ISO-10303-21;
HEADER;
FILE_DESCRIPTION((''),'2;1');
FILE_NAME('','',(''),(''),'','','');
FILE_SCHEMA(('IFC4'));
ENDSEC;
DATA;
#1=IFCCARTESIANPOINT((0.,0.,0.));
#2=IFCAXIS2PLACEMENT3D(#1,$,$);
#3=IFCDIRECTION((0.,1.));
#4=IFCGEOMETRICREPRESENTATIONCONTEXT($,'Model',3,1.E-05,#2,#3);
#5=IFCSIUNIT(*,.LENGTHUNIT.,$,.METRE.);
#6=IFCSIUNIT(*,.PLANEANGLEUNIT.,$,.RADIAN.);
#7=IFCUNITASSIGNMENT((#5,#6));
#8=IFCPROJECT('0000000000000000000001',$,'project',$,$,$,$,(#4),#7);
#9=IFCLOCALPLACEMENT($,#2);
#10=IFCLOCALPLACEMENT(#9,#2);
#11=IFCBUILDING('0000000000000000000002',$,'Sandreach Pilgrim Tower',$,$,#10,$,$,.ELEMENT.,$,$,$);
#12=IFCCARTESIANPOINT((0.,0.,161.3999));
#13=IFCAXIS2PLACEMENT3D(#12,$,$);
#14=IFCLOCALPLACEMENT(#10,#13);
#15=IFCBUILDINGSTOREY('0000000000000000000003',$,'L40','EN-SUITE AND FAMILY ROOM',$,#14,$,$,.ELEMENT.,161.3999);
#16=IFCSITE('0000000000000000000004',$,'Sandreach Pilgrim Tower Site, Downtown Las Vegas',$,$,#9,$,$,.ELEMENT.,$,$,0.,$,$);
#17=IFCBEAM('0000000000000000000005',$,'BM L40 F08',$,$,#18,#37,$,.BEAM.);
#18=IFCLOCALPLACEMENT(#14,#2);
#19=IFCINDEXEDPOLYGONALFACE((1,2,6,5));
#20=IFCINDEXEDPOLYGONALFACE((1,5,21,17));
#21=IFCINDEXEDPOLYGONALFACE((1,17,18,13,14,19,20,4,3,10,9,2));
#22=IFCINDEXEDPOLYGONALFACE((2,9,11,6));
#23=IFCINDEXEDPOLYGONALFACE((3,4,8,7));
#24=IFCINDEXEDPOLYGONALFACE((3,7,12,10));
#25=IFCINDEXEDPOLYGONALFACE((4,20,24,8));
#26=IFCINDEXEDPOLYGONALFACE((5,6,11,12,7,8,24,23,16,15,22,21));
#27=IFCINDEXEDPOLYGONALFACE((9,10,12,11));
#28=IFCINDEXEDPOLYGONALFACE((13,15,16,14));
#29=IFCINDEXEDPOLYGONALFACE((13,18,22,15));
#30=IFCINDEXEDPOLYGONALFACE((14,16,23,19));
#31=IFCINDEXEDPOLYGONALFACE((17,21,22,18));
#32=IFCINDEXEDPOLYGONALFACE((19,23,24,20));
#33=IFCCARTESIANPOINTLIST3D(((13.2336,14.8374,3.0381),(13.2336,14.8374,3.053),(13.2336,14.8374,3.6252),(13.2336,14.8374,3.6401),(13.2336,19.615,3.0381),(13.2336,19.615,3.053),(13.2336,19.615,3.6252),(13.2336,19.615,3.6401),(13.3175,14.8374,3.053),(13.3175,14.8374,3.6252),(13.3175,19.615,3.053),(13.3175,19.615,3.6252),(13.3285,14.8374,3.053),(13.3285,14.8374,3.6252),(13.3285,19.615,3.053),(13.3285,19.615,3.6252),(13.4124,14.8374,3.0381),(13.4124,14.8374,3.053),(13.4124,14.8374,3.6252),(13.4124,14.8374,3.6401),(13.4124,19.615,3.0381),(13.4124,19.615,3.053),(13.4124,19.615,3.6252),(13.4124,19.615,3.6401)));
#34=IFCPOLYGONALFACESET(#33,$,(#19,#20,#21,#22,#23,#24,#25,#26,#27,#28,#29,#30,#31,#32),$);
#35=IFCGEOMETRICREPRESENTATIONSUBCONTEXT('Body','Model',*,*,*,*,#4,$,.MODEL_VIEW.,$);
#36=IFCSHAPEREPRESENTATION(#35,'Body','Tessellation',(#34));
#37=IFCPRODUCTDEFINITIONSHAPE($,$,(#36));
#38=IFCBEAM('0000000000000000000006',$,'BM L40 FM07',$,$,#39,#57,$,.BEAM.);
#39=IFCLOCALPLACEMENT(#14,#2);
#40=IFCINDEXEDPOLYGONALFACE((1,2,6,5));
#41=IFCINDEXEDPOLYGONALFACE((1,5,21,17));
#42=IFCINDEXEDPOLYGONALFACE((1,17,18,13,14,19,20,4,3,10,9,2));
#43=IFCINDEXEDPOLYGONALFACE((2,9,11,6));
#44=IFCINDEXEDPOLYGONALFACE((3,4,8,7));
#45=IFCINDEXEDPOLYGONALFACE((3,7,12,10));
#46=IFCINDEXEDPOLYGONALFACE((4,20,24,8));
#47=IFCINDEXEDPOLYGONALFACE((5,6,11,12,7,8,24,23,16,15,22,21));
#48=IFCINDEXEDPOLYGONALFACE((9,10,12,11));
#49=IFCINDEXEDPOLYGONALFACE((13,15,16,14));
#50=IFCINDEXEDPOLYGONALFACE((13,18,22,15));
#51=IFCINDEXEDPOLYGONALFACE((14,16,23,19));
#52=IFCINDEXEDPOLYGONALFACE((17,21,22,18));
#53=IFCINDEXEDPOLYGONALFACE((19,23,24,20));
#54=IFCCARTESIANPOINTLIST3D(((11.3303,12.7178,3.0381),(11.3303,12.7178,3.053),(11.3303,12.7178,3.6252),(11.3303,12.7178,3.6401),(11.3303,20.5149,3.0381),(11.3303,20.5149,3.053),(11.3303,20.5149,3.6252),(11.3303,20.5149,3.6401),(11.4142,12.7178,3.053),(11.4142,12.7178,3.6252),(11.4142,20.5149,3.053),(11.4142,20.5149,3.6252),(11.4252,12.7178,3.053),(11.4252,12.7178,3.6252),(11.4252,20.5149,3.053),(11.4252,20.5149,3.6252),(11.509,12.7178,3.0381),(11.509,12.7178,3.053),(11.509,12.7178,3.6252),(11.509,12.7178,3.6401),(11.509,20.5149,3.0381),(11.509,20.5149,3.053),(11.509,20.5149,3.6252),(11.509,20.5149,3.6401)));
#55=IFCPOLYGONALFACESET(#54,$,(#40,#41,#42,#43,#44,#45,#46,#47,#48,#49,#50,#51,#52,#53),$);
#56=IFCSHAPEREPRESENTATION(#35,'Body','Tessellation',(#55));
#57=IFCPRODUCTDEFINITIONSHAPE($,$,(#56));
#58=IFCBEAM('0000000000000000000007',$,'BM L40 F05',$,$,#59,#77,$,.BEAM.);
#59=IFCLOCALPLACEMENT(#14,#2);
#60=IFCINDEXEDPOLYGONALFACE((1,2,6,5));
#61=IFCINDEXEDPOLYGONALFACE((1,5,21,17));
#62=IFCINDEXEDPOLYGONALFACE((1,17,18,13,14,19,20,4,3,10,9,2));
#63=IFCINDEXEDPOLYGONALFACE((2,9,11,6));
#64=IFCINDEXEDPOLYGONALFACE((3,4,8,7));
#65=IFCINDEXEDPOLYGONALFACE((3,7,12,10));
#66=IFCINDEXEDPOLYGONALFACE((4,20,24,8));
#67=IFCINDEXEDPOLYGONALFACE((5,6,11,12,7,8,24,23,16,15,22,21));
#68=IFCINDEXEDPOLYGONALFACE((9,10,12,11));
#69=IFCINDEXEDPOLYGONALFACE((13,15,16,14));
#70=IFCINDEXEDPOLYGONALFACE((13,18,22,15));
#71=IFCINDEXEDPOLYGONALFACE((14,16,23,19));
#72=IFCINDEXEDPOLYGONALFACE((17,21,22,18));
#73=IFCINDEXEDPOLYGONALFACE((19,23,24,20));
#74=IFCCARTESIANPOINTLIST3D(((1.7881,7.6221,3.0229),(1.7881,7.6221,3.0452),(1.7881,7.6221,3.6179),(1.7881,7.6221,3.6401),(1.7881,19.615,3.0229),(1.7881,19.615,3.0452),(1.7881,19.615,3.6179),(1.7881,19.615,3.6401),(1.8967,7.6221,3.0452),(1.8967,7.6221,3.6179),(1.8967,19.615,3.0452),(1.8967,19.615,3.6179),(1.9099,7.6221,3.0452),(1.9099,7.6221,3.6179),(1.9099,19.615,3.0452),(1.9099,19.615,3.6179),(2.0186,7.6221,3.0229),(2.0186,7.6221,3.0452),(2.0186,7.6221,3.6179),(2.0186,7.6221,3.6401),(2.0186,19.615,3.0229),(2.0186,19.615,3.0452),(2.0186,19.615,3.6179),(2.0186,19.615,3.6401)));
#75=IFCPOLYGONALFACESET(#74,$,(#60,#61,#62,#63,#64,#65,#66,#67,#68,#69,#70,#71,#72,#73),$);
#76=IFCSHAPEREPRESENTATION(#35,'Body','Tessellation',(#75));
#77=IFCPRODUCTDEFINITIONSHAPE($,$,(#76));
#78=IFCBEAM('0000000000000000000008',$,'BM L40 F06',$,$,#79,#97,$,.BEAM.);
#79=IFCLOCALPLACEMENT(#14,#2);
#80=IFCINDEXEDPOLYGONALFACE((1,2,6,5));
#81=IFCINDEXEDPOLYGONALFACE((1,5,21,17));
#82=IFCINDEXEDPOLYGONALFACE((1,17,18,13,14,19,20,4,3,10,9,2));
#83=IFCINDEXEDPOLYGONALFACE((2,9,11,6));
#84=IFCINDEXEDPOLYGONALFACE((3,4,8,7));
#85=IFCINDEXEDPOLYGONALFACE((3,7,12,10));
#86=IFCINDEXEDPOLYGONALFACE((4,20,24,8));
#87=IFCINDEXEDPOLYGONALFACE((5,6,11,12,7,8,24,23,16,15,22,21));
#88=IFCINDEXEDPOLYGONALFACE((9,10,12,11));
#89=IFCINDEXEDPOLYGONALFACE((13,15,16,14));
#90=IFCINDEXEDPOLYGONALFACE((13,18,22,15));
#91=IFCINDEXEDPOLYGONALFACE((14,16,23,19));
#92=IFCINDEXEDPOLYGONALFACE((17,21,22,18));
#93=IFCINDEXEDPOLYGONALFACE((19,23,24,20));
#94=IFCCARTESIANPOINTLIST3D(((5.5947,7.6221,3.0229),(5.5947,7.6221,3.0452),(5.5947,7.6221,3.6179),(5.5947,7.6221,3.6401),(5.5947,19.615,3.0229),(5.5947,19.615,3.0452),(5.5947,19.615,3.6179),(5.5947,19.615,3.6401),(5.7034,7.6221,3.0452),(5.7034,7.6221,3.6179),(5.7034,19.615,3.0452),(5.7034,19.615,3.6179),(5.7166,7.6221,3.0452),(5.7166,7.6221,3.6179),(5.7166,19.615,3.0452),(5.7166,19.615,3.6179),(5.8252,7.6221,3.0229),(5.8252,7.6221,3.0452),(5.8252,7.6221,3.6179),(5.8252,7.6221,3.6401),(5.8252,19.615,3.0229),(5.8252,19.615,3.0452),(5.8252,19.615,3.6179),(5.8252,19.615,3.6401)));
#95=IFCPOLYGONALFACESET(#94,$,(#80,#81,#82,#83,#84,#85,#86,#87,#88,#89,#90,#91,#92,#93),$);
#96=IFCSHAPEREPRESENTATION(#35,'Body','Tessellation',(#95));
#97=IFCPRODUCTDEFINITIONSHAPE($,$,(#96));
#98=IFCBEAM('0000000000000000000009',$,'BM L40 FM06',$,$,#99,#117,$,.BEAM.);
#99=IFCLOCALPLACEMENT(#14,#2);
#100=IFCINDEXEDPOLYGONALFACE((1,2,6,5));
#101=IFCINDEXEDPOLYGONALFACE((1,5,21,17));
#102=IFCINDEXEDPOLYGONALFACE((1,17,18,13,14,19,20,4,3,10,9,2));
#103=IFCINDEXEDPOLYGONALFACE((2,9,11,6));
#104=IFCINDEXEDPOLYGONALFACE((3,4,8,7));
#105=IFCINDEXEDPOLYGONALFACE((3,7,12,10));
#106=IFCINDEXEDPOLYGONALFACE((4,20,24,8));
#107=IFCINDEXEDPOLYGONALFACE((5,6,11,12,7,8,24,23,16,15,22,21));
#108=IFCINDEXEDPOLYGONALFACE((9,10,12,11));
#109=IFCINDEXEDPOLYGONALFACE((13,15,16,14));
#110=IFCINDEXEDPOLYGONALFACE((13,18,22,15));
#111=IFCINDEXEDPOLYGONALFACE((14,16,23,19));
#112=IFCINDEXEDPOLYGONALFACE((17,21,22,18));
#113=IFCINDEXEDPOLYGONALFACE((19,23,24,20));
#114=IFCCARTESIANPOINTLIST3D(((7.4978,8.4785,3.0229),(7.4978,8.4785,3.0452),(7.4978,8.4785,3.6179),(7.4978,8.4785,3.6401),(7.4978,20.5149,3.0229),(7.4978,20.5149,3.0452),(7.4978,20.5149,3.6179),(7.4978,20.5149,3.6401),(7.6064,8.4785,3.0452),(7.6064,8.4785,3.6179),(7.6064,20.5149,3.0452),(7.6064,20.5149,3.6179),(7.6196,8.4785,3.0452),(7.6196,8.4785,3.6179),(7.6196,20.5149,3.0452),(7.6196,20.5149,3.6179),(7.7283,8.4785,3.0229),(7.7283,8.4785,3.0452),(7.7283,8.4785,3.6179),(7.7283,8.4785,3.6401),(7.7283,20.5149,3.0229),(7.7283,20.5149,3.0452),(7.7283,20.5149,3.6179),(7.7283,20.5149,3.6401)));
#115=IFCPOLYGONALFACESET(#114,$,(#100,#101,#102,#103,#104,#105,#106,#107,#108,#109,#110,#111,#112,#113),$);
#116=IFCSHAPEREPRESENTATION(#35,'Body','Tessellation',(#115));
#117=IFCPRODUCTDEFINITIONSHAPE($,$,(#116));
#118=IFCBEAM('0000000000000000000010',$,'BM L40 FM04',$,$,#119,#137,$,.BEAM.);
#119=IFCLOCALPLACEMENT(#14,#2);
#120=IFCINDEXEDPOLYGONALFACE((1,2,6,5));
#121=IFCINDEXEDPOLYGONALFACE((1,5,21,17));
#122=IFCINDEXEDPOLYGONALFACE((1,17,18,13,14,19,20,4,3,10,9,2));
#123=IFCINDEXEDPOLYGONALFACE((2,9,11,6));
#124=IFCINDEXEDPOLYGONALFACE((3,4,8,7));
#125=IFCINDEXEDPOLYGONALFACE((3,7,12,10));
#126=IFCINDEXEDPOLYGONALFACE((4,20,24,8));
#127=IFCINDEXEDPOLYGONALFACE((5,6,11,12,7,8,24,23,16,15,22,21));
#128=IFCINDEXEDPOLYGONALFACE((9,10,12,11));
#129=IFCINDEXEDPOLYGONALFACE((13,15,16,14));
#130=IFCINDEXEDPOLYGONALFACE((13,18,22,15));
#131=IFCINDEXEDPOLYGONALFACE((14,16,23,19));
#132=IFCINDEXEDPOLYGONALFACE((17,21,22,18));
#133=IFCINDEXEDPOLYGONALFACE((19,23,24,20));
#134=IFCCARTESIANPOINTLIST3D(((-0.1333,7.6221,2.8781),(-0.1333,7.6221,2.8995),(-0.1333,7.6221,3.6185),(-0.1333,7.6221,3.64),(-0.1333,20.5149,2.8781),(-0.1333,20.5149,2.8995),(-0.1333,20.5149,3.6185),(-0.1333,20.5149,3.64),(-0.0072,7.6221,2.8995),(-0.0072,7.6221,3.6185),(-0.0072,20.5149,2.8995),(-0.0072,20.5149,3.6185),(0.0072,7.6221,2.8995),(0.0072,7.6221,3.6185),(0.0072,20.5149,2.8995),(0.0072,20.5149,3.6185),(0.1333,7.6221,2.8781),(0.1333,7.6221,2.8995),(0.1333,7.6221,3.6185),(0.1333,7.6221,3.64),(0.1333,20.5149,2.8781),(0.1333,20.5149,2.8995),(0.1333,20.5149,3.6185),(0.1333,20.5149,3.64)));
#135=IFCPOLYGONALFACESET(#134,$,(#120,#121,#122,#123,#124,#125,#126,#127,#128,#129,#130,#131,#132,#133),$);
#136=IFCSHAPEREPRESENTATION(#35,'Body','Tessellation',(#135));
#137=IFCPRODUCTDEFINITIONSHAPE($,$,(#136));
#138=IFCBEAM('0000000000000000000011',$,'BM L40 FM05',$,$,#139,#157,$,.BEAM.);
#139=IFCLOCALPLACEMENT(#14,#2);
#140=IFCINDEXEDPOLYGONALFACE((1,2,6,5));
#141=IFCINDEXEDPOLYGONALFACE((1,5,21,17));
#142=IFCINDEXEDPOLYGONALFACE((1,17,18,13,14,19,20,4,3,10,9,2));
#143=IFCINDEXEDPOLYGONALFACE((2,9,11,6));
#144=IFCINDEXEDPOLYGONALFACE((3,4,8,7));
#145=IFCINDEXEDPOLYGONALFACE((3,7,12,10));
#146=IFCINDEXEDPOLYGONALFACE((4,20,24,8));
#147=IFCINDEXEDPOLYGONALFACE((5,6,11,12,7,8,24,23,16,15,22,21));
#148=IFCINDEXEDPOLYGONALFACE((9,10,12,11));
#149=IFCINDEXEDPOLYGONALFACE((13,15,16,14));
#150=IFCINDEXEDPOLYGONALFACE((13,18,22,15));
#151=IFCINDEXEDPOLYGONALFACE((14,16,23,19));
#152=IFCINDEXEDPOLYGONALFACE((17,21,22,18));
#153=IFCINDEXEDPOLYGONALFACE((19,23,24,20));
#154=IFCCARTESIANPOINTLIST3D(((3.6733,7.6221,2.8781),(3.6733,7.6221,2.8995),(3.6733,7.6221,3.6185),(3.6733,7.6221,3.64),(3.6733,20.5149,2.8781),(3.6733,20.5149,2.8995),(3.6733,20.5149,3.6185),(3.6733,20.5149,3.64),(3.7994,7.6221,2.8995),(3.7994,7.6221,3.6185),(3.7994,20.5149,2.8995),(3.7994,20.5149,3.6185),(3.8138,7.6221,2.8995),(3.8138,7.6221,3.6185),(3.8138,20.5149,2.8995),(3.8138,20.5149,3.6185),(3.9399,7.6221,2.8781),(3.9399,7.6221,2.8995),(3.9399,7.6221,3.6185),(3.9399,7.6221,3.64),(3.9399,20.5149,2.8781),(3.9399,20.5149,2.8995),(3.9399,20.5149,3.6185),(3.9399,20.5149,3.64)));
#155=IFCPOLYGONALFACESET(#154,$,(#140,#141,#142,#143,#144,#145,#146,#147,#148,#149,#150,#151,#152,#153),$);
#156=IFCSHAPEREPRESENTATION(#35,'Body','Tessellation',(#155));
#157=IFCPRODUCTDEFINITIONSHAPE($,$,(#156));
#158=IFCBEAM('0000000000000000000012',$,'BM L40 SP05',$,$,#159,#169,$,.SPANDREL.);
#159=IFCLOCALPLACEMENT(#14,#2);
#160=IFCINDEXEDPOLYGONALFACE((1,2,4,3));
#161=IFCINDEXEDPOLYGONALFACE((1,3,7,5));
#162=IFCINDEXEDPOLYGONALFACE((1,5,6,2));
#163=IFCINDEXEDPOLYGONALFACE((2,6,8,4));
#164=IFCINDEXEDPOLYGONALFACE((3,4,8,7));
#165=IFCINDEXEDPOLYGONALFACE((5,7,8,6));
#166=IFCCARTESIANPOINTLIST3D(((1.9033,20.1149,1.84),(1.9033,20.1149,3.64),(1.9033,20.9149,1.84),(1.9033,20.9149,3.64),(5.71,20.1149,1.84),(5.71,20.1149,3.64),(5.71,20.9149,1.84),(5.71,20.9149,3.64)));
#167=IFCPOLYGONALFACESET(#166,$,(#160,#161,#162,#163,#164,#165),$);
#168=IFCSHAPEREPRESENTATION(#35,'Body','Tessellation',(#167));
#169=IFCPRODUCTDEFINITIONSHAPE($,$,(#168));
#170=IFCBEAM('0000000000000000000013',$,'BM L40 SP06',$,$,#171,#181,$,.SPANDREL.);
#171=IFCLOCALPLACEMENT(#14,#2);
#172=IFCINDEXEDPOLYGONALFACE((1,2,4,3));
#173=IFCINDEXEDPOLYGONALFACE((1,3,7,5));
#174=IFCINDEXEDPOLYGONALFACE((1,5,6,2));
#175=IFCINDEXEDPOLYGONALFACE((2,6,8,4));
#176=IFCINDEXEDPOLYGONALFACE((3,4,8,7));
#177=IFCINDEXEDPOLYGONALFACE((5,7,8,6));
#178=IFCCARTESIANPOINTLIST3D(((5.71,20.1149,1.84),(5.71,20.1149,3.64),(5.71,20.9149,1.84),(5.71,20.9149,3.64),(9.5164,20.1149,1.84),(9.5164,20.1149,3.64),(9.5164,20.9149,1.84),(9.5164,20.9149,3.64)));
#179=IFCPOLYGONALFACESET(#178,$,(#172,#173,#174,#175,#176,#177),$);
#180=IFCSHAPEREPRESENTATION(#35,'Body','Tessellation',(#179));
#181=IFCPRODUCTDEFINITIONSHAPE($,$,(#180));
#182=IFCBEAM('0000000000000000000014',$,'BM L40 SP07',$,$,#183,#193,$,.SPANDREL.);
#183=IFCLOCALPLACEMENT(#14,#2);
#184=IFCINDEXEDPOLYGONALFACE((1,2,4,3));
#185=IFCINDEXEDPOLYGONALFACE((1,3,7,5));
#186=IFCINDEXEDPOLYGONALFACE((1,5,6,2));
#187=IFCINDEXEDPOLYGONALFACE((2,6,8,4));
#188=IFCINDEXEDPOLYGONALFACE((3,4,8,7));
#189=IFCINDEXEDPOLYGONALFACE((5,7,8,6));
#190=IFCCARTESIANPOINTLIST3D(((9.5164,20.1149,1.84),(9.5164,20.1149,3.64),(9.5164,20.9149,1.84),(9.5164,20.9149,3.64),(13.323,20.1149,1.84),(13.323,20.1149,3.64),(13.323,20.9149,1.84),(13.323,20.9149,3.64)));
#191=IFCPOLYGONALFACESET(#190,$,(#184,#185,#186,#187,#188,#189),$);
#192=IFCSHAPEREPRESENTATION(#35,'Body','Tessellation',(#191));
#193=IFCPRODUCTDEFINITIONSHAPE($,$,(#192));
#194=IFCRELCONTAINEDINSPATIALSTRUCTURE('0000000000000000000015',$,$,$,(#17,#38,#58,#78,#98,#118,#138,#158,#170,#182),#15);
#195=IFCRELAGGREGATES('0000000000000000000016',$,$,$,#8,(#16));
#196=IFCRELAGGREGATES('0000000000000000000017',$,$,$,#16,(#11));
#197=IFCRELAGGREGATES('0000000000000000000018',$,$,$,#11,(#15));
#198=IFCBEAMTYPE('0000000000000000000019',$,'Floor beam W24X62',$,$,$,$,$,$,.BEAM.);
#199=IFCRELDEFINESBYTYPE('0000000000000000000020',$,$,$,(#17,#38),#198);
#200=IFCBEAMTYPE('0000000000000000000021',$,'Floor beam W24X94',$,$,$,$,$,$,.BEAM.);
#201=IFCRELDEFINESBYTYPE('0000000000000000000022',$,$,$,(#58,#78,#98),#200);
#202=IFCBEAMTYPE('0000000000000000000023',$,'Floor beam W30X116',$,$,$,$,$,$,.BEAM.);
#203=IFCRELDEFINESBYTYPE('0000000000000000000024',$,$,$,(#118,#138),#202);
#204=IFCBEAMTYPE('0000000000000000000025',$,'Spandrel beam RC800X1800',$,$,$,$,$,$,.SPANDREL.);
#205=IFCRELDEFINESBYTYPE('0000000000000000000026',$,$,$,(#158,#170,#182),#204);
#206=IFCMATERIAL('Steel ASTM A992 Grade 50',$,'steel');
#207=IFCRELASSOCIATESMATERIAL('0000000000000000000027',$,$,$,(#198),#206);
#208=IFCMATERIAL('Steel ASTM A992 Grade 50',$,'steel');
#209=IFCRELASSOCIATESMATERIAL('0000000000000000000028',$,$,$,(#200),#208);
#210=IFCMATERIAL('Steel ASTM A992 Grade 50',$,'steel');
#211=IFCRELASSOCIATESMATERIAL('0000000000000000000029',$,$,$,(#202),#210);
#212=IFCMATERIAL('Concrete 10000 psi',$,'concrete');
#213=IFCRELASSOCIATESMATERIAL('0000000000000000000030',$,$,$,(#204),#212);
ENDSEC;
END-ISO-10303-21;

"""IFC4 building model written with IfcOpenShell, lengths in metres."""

from ifc_helpers import new_model, si_unit, direction, frame, origin, origin_2d, place, context, subcontext, project, spatial, rectangle, i_section, extrude, material, material_profile, profile_set, type_object, element, save


model = new_model("IFC4")

# Units and contexts
model_context = context("Model", 3, precision=1e-05, world=origin(), true_north=direction((0.0, 1.0)))
body_context = subcontext(model_context, "Body", "Model", "MODEL_VIEW")
ifc_project = project(units=[si_unit("LENGTHUNIT", "METRE"), si_unit("PLANEANGLEUNIT", "RADIAN")], contexts=[model_context])

# Site, building, storey
site_placement = place(None, origin())
site = spatial("IfcSite", under=ifc_project, at=site_placement, Name="Sandreach Pilgrim Tower Site, Downtown Las Vegas", CompositionType="ELEMENT", RefElevation=0.0)
building_placement = place(site_placement, origin())
building = spatial("IfcBuilding", under=site, at=building_placement, Name="Sandreach Pilgrim Tower", CompositionType="ELEMENT")
storey_placement = place(building_placement, frame((0.0, 0.0, 161.3999)))
storey = spatial("IfcBuildingStorey", under=building, at=storey_placement, Name="L40", Description="EN-SUITE AND FAMILY ROOM", CompositionType="ELEMENT", Elevation=161.3999)

# Beams
ifc_material_1 = material(Name="Steel ASTM A992 Grade 50", Category="steel")
ifc_material_profile_1 = material_profile(ifc_material_1, i_section(OverallWidth=0.1787, OverallDepth=0.6021, WebThickness=0.011, FlangeThickness=0.0149, at=origin_2d()), Name="W24X62")
ifc_profile_set_1 = profile_set([ifc_material_profile_1], Name="Steel ASTM A992 Grade 50")
beam_type_1 = type_object("IfcBeamType", Name="Floor beam W24X62", PredefinedType="BEAM", material=ifc_profile_set_1)
beam_1_placement = place(storey_placement, frame((13.323, 19.615, 3.3391), z_axis=(0.0, -1.0, 0.0), x_axis=(1.0, 0.0, 0.0)))
element("IfcBeam", 1, at=beam_1_placement, inside=storey, type_object=beam_type_1, Name="BM L40 F08", PredefinedType="BEAM", context=body_context, shape_type="SweptSolid", body=[
    extrude(i_section(OverallWidth=0.1787, OverallDepth=0.6021, WebThickness=0.011, FlangeThickness=0.0149, at=origin_2d()), origin(), (0.0, 0.0, 1.0), 4.7776),
])
beam_2_placement = place(storey_placement, frame((11.4197, 20.5149, 3.3391), z_axis=(0.0, -1.0, 0.0), x_axis=(1.0, 0.0, 0.0)))
element("IfcBeam", 2, at=beam_2_placement, inside=storey, type_object=beam_type_1, Name="BM L40 FM07", PredefinedType="BEAM", context=body_context, shape_type="SweptSolid", body=[
    extrude(i_section(OverallWidth=0.1787, OverallDepth=0.6021, WebThickness=0.011, FlangeThickness=0.0149, at=origin_2d()), origin(), (0.0, 0.0, 1.0), 7.7971),
])
ifc_material_2 = material(Name="Steel ASTM A992 Grade 50", Category="steel")
ifc_material_profile_2 = material_profile(ifc_material_2, i_section(OverallWidth=0.2305, OverallDepth=0.6172, WebThickness=0.0132, FlangeThickness=0.0222, at=origin_2d()), Name="W24X94")
ifc_profile_set_2 = profile_set([ifc_material_profile_2], Name="Steel ASTM A992 Grade 50")
beam_type_2 = type_object("IfcBeamType", Name="Floor beam W24X94", PredefinedType="BEAM", material=ifc_profile_set_2)
for number, where, z_axis, x_axis, name in (
    (3, (1.9033, 19.615, 3.3315), (0.0, -1.0, 0.0), (1.0, 0.0, 0.0), "BM L40 F05"),
    (4, (5.71, 19.615, 3.3315), (0.0, -1.0, 0.0), (1.0, 0.0, 0.0), "BM L40 F06"),
):
    element("IfcBeam", number, at=place(storey_placement, frame(where, z_axis=z_axis, x_axis=x_axis)), inside=storey, type_object=beam_type_2, Name=name, PredefinedType="BEAM", context=body_context, shape_type="SweptSolid", body=[
        extrude(i_section(OverallWidth=0.2305, OverallDepth=0.6172, WebThickness=0.0132, FlangeThickness=0.0222, at=origin_2d()), origin(), (0.0, 0.0, 1.0), 11.9929),
    ])
beam_3_placement = place(storey_placement, frame((7.613, 20.5149, 3.3315), z_axis=(0.0, -1.0, 0.0), x_axis=(1.0, 0.0, 0.0)))
element("IfcBeam", 5, at=beam_3_placement, inside=storey, type_object=beam_type_2, Name="BM L40 FM06", PredefinedType="BEAM", context=body_context, shape_type="SweptSolid", body=[
    extrude(i_section(OverallWidth=0.2305, OverallDepth=0.6172, WebThickness=0.0132, FlangeThickness=0.0222, at=origin_2d()), origin(), (0.0, 0.0, 1.0), 12.0364),
])
ifc_material_3 = material(Name="Steel ASTM A992 Grade 50", Category="steel")
ifc_material_profile_3 = material_profile(ifc_material_3, i_section(OverallWidth=0.2666, OverallDepth=0.762, WebThickness=0.0144, FlangeThickness=0.0215, at=origin_2d()), Name="W30X116")
ifc_profile_set_3 = profile_set([ifc_material_profile_3], Name="Steel ASTM A992 Grade 50")
beam_type_3 = type_object("IfcBeamType", Name="Floor beam W30X116", PredefinedType="BEAM", material=ifc_profile_set_3)
for number, where, z_axis, x_axis, name in (
    (6, (0.0, 20.5149, 3.259), (0.0, -1.0, 0.0), (1.0, 0.0, 0.0), "BM L40 FM04"),
    (7, (3.8066, 20.5149, 3.259), (0.0, -1.0, 0.0), (1.0, 0.0, 0.0), "BM L40 FM05"),
):
    element("IfcBeam", number, at=place(storey_placement, frame(where, z_axis=z_axis, x_axis=x_axis)), inside=storey, type_object=beam_type_3, Name=name, PredefinedType="BEAM", context=body_context, shape_type="SweptSolid", body=[
        extrude(i_section(OverallWidth=0.2666, OverallDepth=0.762, WebThickness=0.0144, FlangeThickness=0.0215, at=origin_2d()), origin(), (0.0, 0.0, 1.0), 12.8928),
    ])
ifc_material_4 = material(Name="Concrete 10000 psi", Category="concrete")
ifc_material_profile_4 = material_profile(ifc_material_4, rectangle(XDim=0.8, YDim=1.8, at=origin_2d()), Name="RC800X1800")
ifc_profile_set_4 = profile_set([ifc_material_profile_4], Name="Concrete 10000 psi")
beam_type_4 = type_object("IfcBeamType", Name="Spandrel beam RC800X1800", PredefinedType="SPANDREL", material=ifc_profile_set_4)
beam_4_placement = place(storey_placement, frame((1.9033, 20.5149, 2.74), z_axis=(1.0, 0.0, 0.0), x_axis=(0.0, 1.0, 0.0)))
element("IfcBeam", 8, at=beam_4_placement, inside=storey, type_object=beam_type_4, Name="BM L40 SP05", PredefinedType="SPANDREL", context=body_context, shape_type="SweptSolid", body=[
    extrude(rectangle(XDim=0.8, YDim=1.8, at=origin_2d()), origin(), (0.0, 0.0, 1.0), 3.8066),
])
beam_5_placement = place(storey_placement, frame((5.71, 20.5149, 2.74), z_axis=(1.0, 0.0, 0.0), x_axis=(0.0, 1.0, 0.0)))
element("IfcBeam", 9, at=beam_5_placement, inside=storey, type_object=beam_type_4, Name="BM L40 SP06", PredefinedType="SPANDREL", context=body_context, shape_type="SweptSolid", body=[
    extrude(rectangle(XDim=0.8, YDim=1.8, at=origin_2d()), origin(), (0.0, 0.0, 1.0), 3.8064),
])
beam_6_placement = place(storey_placement, frame((9.5164, 20.5149, 2.74), z_axis=(1.0, 0.0, 0.0), x_axis=(0.0, 1.0, 0.0)))
element("IfcBeam", 10, at=beam_6_placement, inside=storey, type_object=beam_type_4, Name="BM L40 SP07", PredefinedType="SPANDREL", context=body_context, shape_type="SweptSolid", body=[
    extrude(rectangle(XDim=0.8, YDim=1.8, at=origin_2d()), origin(), (0.0, 0.0, 1.0), 3.8066),
])

save(model, "model.ifc")
